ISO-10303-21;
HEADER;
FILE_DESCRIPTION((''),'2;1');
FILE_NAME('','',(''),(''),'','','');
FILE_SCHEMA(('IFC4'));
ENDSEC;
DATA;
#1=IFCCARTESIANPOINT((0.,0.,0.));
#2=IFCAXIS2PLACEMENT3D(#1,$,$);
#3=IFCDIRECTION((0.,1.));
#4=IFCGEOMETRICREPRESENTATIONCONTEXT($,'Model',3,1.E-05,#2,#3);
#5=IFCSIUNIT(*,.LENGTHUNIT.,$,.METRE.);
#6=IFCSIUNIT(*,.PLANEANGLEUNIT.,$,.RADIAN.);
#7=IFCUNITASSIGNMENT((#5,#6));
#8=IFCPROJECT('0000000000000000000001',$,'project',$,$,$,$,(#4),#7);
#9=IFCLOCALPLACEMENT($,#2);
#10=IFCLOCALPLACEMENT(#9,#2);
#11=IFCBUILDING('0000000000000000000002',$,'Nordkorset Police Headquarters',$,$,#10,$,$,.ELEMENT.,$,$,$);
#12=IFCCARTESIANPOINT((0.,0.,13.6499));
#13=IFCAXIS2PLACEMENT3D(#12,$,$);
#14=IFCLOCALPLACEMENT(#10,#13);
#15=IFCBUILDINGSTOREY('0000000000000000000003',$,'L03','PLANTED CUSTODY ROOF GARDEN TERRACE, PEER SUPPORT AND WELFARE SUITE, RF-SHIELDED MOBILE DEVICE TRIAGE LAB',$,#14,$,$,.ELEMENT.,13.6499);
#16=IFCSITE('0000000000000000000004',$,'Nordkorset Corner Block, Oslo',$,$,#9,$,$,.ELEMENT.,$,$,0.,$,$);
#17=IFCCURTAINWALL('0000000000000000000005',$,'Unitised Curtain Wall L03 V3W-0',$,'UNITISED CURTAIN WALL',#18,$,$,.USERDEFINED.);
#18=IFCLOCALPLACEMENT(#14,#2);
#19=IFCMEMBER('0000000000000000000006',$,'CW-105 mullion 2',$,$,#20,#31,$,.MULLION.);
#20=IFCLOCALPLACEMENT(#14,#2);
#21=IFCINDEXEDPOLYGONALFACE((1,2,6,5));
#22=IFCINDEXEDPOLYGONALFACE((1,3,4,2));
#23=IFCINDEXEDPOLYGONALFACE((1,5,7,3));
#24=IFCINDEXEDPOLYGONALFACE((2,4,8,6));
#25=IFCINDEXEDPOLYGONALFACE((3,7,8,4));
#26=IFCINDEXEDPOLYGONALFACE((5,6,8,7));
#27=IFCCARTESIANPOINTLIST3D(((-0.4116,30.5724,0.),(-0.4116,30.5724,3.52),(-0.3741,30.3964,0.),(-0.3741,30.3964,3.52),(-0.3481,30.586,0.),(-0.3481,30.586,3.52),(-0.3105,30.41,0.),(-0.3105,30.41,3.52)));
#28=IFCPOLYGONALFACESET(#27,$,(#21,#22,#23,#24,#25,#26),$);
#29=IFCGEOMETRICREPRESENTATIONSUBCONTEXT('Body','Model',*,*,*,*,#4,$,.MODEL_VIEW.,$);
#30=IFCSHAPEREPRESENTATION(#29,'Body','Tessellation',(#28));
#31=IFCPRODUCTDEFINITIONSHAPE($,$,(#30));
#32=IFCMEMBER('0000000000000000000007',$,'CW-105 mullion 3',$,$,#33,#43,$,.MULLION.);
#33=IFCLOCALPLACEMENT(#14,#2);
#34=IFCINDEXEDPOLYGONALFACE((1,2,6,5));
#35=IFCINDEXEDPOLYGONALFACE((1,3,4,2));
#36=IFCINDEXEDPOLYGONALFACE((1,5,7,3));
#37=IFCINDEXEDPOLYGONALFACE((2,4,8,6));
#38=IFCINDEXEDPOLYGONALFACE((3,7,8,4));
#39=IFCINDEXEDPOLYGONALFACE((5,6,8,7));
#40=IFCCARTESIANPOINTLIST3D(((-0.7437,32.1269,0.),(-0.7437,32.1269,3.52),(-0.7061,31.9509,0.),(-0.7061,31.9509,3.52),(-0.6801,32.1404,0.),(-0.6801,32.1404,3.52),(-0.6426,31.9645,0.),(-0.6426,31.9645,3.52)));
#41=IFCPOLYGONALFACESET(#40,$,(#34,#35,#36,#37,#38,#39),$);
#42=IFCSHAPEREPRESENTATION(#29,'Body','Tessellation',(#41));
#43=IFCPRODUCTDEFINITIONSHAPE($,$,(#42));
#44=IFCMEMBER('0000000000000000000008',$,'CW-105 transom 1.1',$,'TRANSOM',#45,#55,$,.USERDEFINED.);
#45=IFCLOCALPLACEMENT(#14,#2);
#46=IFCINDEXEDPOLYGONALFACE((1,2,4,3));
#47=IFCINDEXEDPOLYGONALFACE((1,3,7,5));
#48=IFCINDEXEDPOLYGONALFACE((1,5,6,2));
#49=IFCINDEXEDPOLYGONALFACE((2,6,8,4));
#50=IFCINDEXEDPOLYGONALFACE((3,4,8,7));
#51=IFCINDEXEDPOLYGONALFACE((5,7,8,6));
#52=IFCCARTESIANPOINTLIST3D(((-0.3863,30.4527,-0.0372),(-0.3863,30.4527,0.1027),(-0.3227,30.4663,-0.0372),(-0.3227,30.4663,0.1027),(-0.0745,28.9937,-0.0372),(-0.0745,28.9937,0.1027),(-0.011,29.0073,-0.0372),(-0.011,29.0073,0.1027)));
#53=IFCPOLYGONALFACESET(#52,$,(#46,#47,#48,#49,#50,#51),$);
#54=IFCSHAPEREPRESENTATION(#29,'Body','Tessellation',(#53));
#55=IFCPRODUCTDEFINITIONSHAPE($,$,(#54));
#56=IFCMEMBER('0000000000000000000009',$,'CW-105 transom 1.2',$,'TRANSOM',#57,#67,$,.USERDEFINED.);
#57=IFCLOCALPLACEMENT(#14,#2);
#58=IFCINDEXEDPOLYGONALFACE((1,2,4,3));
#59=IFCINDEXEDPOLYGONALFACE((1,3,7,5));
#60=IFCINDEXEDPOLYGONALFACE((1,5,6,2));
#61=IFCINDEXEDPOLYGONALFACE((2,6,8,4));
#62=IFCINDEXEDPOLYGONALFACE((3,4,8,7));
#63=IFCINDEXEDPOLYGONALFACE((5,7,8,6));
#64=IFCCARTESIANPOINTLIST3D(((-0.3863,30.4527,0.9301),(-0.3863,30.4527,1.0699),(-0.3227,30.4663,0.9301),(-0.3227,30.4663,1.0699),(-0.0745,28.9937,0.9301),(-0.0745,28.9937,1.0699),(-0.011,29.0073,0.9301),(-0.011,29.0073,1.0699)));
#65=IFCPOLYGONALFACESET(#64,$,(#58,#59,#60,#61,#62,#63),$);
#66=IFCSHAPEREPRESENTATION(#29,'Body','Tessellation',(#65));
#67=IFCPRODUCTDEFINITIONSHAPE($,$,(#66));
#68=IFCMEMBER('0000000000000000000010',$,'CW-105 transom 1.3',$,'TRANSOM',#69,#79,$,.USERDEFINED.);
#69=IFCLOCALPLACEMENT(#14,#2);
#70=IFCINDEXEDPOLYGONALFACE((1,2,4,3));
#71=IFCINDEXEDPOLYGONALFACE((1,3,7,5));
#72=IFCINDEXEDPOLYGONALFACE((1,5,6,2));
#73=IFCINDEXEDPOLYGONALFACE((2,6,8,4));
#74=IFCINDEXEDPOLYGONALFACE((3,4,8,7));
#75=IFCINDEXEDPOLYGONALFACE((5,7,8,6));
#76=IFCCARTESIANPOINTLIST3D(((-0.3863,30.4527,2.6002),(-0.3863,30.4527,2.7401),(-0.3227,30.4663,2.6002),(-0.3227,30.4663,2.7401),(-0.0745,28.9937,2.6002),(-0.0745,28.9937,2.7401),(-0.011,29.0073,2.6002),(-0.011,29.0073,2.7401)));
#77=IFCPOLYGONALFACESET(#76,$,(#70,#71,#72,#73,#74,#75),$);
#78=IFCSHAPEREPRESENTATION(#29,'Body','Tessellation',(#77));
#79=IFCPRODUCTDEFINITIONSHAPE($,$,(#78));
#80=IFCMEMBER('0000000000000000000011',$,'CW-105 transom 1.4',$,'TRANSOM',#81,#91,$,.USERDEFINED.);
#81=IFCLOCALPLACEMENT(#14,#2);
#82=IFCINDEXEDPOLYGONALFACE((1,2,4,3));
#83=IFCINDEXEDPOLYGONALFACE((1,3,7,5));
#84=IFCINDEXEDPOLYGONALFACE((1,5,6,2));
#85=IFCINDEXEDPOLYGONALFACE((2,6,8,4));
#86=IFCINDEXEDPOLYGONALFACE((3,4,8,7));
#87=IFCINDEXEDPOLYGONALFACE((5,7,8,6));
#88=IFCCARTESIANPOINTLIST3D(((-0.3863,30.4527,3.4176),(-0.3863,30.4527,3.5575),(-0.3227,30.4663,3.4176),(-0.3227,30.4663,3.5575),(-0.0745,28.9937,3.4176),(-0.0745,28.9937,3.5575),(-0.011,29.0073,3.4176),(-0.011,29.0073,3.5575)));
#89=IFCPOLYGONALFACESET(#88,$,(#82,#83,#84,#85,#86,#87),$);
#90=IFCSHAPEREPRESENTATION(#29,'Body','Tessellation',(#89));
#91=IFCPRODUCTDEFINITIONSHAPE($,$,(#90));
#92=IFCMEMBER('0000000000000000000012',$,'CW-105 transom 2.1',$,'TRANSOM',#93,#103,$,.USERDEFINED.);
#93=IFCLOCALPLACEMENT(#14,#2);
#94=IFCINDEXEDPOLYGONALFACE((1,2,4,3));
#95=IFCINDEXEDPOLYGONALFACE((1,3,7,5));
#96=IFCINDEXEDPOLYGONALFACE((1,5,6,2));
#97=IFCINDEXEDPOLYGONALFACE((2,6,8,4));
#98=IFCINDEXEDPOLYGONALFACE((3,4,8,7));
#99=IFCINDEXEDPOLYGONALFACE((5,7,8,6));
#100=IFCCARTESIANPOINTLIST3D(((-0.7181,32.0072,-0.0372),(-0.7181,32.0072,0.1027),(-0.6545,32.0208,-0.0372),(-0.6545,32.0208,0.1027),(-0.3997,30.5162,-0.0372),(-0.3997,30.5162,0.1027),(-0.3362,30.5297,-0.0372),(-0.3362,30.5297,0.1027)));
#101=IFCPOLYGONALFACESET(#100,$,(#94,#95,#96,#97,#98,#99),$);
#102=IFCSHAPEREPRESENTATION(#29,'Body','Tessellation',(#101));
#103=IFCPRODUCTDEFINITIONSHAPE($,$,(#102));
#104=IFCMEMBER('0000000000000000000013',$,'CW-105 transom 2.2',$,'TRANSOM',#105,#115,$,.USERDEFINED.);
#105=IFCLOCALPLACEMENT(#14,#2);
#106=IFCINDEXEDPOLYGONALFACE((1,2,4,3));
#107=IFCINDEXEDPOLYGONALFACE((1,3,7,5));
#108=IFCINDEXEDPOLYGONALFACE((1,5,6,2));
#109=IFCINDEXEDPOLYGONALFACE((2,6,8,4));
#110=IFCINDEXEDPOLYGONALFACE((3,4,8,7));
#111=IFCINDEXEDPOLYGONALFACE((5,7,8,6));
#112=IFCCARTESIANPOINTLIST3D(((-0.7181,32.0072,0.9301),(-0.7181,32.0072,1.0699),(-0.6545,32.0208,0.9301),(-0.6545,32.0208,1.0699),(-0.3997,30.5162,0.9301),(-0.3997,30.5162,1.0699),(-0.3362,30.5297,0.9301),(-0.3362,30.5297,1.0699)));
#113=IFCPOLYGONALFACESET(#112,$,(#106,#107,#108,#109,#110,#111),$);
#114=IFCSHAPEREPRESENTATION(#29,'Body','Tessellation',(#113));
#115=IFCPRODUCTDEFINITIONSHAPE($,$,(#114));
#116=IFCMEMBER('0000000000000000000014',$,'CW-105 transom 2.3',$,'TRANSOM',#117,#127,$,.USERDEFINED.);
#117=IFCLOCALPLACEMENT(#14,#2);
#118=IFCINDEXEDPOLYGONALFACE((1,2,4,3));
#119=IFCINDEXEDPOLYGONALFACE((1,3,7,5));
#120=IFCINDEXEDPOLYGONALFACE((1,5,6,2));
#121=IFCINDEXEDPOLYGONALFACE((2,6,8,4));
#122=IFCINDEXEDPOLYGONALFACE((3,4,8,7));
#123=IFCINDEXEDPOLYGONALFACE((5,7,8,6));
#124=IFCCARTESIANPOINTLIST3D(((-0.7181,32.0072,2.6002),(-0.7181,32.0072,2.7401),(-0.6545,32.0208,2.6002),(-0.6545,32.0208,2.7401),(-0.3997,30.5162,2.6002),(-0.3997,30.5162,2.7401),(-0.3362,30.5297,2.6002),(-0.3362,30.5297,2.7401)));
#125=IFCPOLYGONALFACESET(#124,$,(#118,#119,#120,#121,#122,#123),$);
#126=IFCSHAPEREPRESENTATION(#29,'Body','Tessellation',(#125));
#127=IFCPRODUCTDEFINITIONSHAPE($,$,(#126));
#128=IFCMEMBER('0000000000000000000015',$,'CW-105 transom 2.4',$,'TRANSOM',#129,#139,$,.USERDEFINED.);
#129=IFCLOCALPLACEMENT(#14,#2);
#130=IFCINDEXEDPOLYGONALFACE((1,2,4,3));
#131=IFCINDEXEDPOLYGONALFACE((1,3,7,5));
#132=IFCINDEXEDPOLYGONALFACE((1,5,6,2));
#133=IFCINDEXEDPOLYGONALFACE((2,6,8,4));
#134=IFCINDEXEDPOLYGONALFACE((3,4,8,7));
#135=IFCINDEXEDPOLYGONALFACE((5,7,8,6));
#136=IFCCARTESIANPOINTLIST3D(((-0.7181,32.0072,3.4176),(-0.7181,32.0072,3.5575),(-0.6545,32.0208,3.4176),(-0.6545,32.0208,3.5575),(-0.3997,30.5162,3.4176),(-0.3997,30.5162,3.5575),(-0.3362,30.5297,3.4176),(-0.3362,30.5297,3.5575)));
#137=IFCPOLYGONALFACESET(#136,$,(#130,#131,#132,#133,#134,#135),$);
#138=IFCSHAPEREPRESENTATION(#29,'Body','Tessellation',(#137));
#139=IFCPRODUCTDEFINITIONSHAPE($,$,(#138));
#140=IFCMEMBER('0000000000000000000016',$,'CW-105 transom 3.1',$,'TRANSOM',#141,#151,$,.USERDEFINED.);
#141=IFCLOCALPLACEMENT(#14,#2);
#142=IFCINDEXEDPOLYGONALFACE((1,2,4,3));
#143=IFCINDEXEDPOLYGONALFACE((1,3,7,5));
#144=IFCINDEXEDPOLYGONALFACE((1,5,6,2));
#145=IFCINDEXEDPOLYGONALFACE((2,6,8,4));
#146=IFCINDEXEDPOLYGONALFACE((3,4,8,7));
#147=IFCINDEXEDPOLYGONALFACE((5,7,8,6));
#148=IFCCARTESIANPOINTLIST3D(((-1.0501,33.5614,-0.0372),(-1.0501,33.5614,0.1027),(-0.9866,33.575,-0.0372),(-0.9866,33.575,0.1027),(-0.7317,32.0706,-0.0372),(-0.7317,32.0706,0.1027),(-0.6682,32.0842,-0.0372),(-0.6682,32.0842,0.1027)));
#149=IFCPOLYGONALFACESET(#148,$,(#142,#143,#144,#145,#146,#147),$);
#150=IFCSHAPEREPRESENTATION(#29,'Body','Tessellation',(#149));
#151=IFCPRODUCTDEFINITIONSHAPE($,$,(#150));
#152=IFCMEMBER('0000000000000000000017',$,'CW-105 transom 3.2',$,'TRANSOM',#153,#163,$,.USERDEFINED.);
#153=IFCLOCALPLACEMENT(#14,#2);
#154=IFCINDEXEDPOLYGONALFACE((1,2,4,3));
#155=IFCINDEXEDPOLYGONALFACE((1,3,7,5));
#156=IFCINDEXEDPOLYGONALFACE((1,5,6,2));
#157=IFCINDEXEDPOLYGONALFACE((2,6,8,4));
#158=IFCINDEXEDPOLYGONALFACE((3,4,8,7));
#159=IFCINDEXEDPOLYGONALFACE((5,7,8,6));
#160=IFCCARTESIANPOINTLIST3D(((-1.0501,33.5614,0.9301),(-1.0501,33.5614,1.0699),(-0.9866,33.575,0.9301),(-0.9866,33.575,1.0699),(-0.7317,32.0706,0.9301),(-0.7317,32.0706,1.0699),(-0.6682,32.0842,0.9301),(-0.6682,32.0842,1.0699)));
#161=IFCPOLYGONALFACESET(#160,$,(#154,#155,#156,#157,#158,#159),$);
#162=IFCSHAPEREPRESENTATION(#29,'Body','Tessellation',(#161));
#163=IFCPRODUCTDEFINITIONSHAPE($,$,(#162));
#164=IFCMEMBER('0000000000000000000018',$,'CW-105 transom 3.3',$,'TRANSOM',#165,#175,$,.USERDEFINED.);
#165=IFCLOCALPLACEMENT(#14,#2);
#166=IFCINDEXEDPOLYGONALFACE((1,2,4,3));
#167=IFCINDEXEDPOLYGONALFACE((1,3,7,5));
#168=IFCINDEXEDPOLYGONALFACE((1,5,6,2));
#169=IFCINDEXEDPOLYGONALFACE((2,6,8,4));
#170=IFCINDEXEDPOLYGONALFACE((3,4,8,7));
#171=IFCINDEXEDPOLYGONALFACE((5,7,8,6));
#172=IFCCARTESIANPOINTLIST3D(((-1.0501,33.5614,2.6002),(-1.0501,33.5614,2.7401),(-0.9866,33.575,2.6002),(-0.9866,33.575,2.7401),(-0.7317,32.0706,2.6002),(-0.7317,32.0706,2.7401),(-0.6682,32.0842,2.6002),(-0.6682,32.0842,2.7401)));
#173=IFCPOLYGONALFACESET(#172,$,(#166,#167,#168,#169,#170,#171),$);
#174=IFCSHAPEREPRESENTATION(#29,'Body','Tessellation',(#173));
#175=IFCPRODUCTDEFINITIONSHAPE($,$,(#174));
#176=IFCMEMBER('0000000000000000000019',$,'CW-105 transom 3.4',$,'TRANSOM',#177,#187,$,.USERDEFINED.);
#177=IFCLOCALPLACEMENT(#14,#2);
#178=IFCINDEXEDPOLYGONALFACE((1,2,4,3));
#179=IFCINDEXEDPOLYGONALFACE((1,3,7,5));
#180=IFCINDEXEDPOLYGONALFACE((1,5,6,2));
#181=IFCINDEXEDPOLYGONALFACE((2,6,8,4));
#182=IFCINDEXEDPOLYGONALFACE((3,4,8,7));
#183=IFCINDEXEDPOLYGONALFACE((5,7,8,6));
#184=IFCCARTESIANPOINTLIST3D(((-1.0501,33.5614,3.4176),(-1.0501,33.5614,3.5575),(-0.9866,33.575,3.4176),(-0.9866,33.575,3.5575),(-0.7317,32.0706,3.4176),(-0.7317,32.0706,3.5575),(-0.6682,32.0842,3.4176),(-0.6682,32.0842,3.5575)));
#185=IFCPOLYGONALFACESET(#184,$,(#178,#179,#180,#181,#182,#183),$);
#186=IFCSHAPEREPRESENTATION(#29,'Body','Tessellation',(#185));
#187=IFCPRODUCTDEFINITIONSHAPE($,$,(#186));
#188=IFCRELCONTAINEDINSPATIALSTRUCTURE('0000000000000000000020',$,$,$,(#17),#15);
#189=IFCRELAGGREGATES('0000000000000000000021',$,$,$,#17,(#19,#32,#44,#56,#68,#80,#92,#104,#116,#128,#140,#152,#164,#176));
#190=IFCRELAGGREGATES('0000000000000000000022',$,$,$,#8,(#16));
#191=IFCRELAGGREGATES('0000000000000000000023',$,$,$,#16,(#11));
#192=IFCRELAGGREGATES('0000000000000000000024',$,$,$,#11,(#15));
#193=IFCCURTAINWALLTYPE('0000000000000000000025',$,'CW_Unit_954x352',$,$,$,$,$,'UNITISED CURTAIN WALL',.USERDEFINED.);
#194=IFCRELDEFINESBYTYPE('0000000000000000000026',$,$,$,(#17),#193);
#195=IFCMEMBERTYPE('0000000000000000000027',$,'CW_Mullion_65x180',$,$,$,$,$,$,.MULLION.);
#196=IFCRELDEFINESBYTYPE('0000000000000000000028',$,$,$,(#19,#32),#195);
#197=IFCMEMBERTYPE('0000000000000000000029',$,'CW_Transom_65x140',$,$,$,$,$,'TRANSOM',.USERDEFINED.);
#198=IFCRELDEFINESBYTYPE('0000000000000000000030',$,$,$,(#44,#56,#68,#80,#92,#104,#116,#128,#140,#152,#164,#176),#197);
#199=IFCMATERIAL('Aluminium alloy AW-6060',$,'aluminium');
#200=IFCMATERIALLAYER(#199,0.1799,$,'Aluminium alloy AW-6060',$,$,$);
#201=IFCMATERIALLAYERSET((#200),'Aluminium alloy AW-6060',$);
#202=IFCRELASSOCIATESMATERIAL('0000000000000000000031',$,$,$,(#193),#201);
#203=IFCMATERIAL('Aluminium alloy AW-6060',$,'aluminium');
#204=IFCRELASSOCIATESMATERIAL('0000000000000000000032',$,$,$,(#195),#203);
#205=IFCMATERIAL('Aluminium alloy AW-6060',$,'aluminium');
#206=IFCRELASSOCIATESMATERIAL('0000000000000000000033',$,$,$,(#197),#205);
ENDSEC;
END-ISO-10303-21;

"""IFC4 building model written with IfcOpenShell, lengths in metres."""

from ifc_helpers import new_model, si_unit, direction, frame, origin, origin_2d, place, context, subcontext, project, spatial, rectangle, extrude, material, layer, layer_set, material_profile, profile_set, type_object, element, aggregate, save


model = new_model("IFC4")

# Units and contexts
model_context = context("Model", 3, precision=1e-05, world=origin(), true_north=direction((0.0, 1.0)))
body_context = subcontext(model_context, "Body", "Model", "MODEL_VIEW")
ifc_project = project(units=[si_unit("LENGTHUNIT", "METRE"), si_unit("PLANEANGLEUNIT", "RADIAN")], contexts=[model_context])

# Site, building, storey
site_placement = place(None, origin())
site = spatial("IfcSite", under=ifc_project, at=site_placement, Name="Nordkorset Corner Block, Oslo", CompositionType="ELEMENT", RefElevation=0.0)
building_placement = place(site_placement, origin())
building = spatial("IfcBuilding", under=site, at=building_placement, Name="Nordkorset Police Headquarters", CompositionType="ELEMENT")
storey_placement = place(building_placement, frame((0.0, 0.0, 13.6499)))
storey = spatial("IfcBuildingStorey", under=building, at=storey_placement, Name="L03", Description="PLANTED CUSTODY ROOF GARDEN TERRACE, PEER SUPPORT AND WELFARE SUITE, RF-SHIELDED MOBILE DEVICE TRIAGE LAB", CompositionType="ELEMENT", Elevation=13.6499)

# Curtain wall, members
ifc_material_1 = material(Name="Aluminium alloy AW-6060", Category="aluminium")
ifc_layer_1 = layer(ifc_material_1, 0.1799, Name="Aluminium alloy AW-6060")
ifc_layer_set_1 = layer_set([ifc_layer_1], Name="Aluminium alloy AW-6060")
curtain_wall_type = type_object("IfcCurtainWallType", Name="CW_Unit_954x352", ElementType="UNITISED CURTAIN WALL", PredefinedType="USERDEFINED", material=ifc_layer_set_1)
curtain_wall_placement = place(storey_placement, origin())
curtain_wall = element("IfcCurtainWall", 1, at=curtain_wall_placement, inside=storey, type_object=curtain_wall_type, Name="Unitised Curtain Wall L03 V3W-0", ObjectType="UNITISED CURTAIN WALL", PredefinedType="USERDEFINED")
ifc_material_2 = material(Name="Aluminium alloy AW-6060", Category="aluminium")
ifc_material_profile_1 = material_profile(ifc_material_2, rectangle(XDim=0.0649, YDim=0.1799, at=origin_2d()), Name="ALU MULL 65x180")
ifc_profile_set_1 = profile_set([ifc_material_profile_1], Name="Aluminium alloy AW-6060")
member_type_1 = type_object("IfcMemberType", Name="CW_Mullion_65x180", PredefinedType="MULLION", material=ifc_profile_set_1)
member_1_placement = place(storey_placement, frame((-0.3611, 30.4912, 0.0), z_axis=(0.0, 0.0, 1.0), x_axis=(-0.977951, -0.208833, 0.0)))
member_1 = element("IfcMember", 2, at=member_1_placement, type_object=member_type_1, Name="CW-105 mullion 2", PredefinedType="MULLION", context=body_context, shape_type="SweptSolid", body=[
    extrude(rectangle(XDim=0.0649, YDim=0.1799, at=origin_2d()), origin(), (0.0, 0.0, 1.0), 3.52),
])
member_2_placement = place(storey_placement, frame((-0.6931, 32.0457, 0.0), z_axis=(0.0, 0.0, 1.0), x_axis=(-0.977951, -0.208833, 0.0)))
member_2 = element("IfcMember", 3, at=member_2_placement, type_object=member_type_1, Name="CW-105 mullion 3", PredefinedType="MULLION", context=body_context, shape_type="SweptSolid", body=[
    extrude(rectangle(XDim=0.0649, YDim=0.1799, at=origin_2d()), origin(), (0.0, 0.0, 1.0), 3.52),
])
ifc_material_3 = material(Name="Aluminium alloy AW-6060", Category="aluminium")
ifc_material_profile_2 = material_profile(ifc_material_3, rectangle(XDim=0.0649, YDim=0.1399, at=origin_2d()), Name="ALU TRAN 65x140")
ifc_profile_set_2 = profile_set([ifc_material_profile_2], Name="Aluminium alloy AW-6060")
member_type_2 = type_object("IfcMemberType", Name="CW_Transom_65x140", ElementType="TRANSOM", PredefinedType="USERDEFINED", material=ifc_profile_set_2)
member_3_placement = place(storey_placement, frame((-0.0427, 29.0005, 0.0327), z_axis=(-0.20897, 0.977922, 0.0), x_axis=(-0.977922, -0.20897, 0.0)))
member_3 = element("IfcMember", 4, at=member_3_placement, type_object=member_type_2, Name="CW-105 transom 1.1", ObjectType="TRANSOM", PredefinedType="USERDEFINED", context=body_context, shape_type="SweptSolid", body=[
    extrude(rectangle(XDim=0.0649, YDim=0.1399, at=origin_2d()), origin(), (0.0, 0.0, 1.0), 1.4919),
])
member_4_placement = place(storey_placement, frame((-0.0427, 29.0005, 1.0), z_axis=(-0.20897, 0.977922, 0.0), x_axis=(-0.977922, -0.20897, 0.0)))
member_4 = element("IfcMember", 5, at=member_4_placement, type_object=member_type_2, Name="CW-105 transom 1.2", ObjectType="TRANSOM", PredefinedType="USERDEFINED", context=body_context, shape_type="SweptSolid", body=[
    extrude(rectangle(XDim=0.0649, YDim=0.1399, at=origin_2d()), origin(), (0.0, 0.0, 1.0), 1.4919),
])
member_5_placement = place(storey_placement, frame((-0.0427, 29.0005, 2.6702), z_axis=(-0.20897, 0.977922, 0.0), x_axis=(-0.977922, -0.20897, 0.0)))
member_5 = element("IfcMember", 6, at=member_5_placement, type_object=member_type_2, Name="CW-105 transom 1.3", ObjectType="TRANSOM", PredefinedType="USERDEFINED", context=body_context, shape_type="SweptSolid", body=[
    extrude(rectangle(XDim=0.0649, YDim=0.1399, at=origin_2d()), origin(), (0.0, 0.0, 1.0), 1.4919),
])
member_6_placement = place(storey_placement, frame((-0.0427, 29.0005, 3.4875), z_axis=(-0.20897, 0.977922, 0.0), x_axis=(-0.977922, -0.20897, 0.0)))
member_6 = element("IfcMember", 7, at=member_6_placement, type_object=member_type_2, Name="CW-105 transom 1.4", ObjectType="TRANSOM", PredefinedType="USERDEFINED", context=body_context, shape_type="SweptSolid", body=[
    extrude(rectangle(XDim=0.0649, YDim=0.1399, at=origin_2d()), origin(), (0.0, 0.0, 1.0), 1.4919),
])
member_7_placement = place(storey_placement, frame((-0.3679, 30.5229, 0.0327), z_axis=(-0.208818, 0.977954, 0.0), x_axis=(-0.977954, -0.208818, 0.0)))
member_7 = element("IfcMember", 8, at=member_7_placement, type_object=member_type_2, Name="CW-105 transom 2.1", ObjectType="TRANSOM", PredefinedType="USERDEFINED", context=body_context, shape_type="SweptSolid", body=[
    extrude(rectangle(XDim=0.0649, YDim=0.1399, at=origin_2d()), origin(), (0.0, 0.0, 1.0), 1.5247),
])
member_8_placement = place(storey_placement, frame((-0.3679, 30.5229, 1.0), z_axis=(-0.208818, 0.977954, 0.0), x_axis=(-0.977954, -0.208818, 0.0)))
member_8 = element("IfcMember", 9, at=member_8_placement, type_object=member_type_2, Name="CW-105 transom 2.2", ObjectType="TRANSOM", PredefinedType="USERDEFINED", context=body_context, shape_type="SweptSolid", body=[
    extrude(rectangle(XDim=0.0649, YDim=0.1399, at=origin_2d()), origin(), (0.0, 0.0, 1.0), 1.5247),
])
member_9_placement = place(storey_placement, frame((-0.3679, 30.5229, 2.6702), z_axis=(-0.208818, 0.977954, 0.0), x_axis=(-0.977954, -0.208818, 0.0)))
member_9 = element("IfcMember", 10, at=member_9_placement, type_object=member_type_2, Name="CW-105 transom 2.3", ObjectType="TRANSOM", PredefinedType="USERDEFINED", context=body_context, shape_type="SweptSolid", body=[
    extrude(rectangle(XDim=0.0649, YDim=0.1399, at=origin_2d()), origin(), (0.0, 0.0, 1.0), 1.5247),
])
member_10_placement = place(storey_placement, frame((-0.3679, 30.5229, 3.4875), z_axis=(-0.208818, 0.977954, 0.0), x_axis=(-0.977954, -0.208818, 0.0)))
member_10 = element("IfcMember", 11, at=member_10_placement, type_object=member_type_2, Name="CW-105 transom 2.4", ObjectType="TRANSOM", PredefinedType="USERDEFINED", context=body_context, shape_type="SweptSolid", body=[
    extrude(rectangle(XDim=0.0649, YDim=0.1399, at=origin_2d()), origin(), (0.0, 0.0, 1.0), 1.5247),
])
member_11_placement = place(storey_placement, frame((-0.7, 32.0774, 0.0327), z_axis=(-0.208851, 0.977947, 0.0), x_axis=(-0.977947, -0.208851, 0.0)))
member_11 = element("IfcMember", 12, at=member_11_placement, type_object=member_type_2, Name="CW-105 transom 3.1", ObjectType="TRANSOM", PredefinedType="USERDEFINED", context=body_context, shape_type="SweptSolid", body=[
    extrude(rectangle(XDim=0.0649, YDim=0.1399, at=origin_2d()), origin(), (0.0, 0.0, 1.0), 1.5244),
])
member_12_placement = place(storey_placement, frame((-0.7, 32.0774, 1.0), z_axis=(-0.208851, 0.977947, 0.0), x_axis=(-0.977947, -0.208851, 0.0)))
member_12 = element("IfcMember", 13, at=member_12_placement, type_object=member_type_2, Name="CW-105 transom 3.2", ObjectType="TRANSOM", PredefinedType="USERDEFINED", context=body_context, shape_type="SweptSolid", body=[
    extrude(rectangle(XDim=0.0649, YDim=0.1399, at=origin_2d()), origin(), (0.0, 0.0, 1.0), 1.5244),
])
member_13_placement = place(storey_placement, frame((-0.7, 32.0774, 2.6702), z_axis=(-0.208851, 0.977947, 0.0), x_axis=(-0.977947, -0.208851, 0.0)))
member_13 = element("IfcMember", 14, at=member_13_placement, type_object=member_type_2, Name="CW-105 transom 3.3", ObjectType="TRANSOM", PredefinedType="USERDEFINED", context=body_context, shape_type="SweptSolid", body=[
    extrude(rectangle(XDim=0.0649, YDim=0.1399, at=origin_2d()), origin(), (0.0, 0.0, 1.0), 1.5244),
])
member_14_placement = place(storey_placement, frame((-0.7, 32.0774, 3.4875), z_axis=(-0.208851, 0.977947, 0.0), x_axis=(-0.977947, -0.208851, 0.0)))
member_14 = element("IfcMember", 15, at=member_14_placement, type_object=member_type_2, Name="CW-105 transom 3.4", ObjectType="TRANSOM", PredefinedType="USERDEFINED", context=body_context, shape_type="SweptSolid", body=[
    extrude(rectangle(XDim=0.0649, YDim=0.1399, at=origin_2d()), origin(), (0.0, 0.0, 1.0), 1.5244),
])

aggregate(curtain_wall, [member_1, member_2, member_3, member_4, member_5, member_6, member_7, member_8, member_9, member_10, member_11, member_12, member_13, member_14])

save(model, "model.ifc")
